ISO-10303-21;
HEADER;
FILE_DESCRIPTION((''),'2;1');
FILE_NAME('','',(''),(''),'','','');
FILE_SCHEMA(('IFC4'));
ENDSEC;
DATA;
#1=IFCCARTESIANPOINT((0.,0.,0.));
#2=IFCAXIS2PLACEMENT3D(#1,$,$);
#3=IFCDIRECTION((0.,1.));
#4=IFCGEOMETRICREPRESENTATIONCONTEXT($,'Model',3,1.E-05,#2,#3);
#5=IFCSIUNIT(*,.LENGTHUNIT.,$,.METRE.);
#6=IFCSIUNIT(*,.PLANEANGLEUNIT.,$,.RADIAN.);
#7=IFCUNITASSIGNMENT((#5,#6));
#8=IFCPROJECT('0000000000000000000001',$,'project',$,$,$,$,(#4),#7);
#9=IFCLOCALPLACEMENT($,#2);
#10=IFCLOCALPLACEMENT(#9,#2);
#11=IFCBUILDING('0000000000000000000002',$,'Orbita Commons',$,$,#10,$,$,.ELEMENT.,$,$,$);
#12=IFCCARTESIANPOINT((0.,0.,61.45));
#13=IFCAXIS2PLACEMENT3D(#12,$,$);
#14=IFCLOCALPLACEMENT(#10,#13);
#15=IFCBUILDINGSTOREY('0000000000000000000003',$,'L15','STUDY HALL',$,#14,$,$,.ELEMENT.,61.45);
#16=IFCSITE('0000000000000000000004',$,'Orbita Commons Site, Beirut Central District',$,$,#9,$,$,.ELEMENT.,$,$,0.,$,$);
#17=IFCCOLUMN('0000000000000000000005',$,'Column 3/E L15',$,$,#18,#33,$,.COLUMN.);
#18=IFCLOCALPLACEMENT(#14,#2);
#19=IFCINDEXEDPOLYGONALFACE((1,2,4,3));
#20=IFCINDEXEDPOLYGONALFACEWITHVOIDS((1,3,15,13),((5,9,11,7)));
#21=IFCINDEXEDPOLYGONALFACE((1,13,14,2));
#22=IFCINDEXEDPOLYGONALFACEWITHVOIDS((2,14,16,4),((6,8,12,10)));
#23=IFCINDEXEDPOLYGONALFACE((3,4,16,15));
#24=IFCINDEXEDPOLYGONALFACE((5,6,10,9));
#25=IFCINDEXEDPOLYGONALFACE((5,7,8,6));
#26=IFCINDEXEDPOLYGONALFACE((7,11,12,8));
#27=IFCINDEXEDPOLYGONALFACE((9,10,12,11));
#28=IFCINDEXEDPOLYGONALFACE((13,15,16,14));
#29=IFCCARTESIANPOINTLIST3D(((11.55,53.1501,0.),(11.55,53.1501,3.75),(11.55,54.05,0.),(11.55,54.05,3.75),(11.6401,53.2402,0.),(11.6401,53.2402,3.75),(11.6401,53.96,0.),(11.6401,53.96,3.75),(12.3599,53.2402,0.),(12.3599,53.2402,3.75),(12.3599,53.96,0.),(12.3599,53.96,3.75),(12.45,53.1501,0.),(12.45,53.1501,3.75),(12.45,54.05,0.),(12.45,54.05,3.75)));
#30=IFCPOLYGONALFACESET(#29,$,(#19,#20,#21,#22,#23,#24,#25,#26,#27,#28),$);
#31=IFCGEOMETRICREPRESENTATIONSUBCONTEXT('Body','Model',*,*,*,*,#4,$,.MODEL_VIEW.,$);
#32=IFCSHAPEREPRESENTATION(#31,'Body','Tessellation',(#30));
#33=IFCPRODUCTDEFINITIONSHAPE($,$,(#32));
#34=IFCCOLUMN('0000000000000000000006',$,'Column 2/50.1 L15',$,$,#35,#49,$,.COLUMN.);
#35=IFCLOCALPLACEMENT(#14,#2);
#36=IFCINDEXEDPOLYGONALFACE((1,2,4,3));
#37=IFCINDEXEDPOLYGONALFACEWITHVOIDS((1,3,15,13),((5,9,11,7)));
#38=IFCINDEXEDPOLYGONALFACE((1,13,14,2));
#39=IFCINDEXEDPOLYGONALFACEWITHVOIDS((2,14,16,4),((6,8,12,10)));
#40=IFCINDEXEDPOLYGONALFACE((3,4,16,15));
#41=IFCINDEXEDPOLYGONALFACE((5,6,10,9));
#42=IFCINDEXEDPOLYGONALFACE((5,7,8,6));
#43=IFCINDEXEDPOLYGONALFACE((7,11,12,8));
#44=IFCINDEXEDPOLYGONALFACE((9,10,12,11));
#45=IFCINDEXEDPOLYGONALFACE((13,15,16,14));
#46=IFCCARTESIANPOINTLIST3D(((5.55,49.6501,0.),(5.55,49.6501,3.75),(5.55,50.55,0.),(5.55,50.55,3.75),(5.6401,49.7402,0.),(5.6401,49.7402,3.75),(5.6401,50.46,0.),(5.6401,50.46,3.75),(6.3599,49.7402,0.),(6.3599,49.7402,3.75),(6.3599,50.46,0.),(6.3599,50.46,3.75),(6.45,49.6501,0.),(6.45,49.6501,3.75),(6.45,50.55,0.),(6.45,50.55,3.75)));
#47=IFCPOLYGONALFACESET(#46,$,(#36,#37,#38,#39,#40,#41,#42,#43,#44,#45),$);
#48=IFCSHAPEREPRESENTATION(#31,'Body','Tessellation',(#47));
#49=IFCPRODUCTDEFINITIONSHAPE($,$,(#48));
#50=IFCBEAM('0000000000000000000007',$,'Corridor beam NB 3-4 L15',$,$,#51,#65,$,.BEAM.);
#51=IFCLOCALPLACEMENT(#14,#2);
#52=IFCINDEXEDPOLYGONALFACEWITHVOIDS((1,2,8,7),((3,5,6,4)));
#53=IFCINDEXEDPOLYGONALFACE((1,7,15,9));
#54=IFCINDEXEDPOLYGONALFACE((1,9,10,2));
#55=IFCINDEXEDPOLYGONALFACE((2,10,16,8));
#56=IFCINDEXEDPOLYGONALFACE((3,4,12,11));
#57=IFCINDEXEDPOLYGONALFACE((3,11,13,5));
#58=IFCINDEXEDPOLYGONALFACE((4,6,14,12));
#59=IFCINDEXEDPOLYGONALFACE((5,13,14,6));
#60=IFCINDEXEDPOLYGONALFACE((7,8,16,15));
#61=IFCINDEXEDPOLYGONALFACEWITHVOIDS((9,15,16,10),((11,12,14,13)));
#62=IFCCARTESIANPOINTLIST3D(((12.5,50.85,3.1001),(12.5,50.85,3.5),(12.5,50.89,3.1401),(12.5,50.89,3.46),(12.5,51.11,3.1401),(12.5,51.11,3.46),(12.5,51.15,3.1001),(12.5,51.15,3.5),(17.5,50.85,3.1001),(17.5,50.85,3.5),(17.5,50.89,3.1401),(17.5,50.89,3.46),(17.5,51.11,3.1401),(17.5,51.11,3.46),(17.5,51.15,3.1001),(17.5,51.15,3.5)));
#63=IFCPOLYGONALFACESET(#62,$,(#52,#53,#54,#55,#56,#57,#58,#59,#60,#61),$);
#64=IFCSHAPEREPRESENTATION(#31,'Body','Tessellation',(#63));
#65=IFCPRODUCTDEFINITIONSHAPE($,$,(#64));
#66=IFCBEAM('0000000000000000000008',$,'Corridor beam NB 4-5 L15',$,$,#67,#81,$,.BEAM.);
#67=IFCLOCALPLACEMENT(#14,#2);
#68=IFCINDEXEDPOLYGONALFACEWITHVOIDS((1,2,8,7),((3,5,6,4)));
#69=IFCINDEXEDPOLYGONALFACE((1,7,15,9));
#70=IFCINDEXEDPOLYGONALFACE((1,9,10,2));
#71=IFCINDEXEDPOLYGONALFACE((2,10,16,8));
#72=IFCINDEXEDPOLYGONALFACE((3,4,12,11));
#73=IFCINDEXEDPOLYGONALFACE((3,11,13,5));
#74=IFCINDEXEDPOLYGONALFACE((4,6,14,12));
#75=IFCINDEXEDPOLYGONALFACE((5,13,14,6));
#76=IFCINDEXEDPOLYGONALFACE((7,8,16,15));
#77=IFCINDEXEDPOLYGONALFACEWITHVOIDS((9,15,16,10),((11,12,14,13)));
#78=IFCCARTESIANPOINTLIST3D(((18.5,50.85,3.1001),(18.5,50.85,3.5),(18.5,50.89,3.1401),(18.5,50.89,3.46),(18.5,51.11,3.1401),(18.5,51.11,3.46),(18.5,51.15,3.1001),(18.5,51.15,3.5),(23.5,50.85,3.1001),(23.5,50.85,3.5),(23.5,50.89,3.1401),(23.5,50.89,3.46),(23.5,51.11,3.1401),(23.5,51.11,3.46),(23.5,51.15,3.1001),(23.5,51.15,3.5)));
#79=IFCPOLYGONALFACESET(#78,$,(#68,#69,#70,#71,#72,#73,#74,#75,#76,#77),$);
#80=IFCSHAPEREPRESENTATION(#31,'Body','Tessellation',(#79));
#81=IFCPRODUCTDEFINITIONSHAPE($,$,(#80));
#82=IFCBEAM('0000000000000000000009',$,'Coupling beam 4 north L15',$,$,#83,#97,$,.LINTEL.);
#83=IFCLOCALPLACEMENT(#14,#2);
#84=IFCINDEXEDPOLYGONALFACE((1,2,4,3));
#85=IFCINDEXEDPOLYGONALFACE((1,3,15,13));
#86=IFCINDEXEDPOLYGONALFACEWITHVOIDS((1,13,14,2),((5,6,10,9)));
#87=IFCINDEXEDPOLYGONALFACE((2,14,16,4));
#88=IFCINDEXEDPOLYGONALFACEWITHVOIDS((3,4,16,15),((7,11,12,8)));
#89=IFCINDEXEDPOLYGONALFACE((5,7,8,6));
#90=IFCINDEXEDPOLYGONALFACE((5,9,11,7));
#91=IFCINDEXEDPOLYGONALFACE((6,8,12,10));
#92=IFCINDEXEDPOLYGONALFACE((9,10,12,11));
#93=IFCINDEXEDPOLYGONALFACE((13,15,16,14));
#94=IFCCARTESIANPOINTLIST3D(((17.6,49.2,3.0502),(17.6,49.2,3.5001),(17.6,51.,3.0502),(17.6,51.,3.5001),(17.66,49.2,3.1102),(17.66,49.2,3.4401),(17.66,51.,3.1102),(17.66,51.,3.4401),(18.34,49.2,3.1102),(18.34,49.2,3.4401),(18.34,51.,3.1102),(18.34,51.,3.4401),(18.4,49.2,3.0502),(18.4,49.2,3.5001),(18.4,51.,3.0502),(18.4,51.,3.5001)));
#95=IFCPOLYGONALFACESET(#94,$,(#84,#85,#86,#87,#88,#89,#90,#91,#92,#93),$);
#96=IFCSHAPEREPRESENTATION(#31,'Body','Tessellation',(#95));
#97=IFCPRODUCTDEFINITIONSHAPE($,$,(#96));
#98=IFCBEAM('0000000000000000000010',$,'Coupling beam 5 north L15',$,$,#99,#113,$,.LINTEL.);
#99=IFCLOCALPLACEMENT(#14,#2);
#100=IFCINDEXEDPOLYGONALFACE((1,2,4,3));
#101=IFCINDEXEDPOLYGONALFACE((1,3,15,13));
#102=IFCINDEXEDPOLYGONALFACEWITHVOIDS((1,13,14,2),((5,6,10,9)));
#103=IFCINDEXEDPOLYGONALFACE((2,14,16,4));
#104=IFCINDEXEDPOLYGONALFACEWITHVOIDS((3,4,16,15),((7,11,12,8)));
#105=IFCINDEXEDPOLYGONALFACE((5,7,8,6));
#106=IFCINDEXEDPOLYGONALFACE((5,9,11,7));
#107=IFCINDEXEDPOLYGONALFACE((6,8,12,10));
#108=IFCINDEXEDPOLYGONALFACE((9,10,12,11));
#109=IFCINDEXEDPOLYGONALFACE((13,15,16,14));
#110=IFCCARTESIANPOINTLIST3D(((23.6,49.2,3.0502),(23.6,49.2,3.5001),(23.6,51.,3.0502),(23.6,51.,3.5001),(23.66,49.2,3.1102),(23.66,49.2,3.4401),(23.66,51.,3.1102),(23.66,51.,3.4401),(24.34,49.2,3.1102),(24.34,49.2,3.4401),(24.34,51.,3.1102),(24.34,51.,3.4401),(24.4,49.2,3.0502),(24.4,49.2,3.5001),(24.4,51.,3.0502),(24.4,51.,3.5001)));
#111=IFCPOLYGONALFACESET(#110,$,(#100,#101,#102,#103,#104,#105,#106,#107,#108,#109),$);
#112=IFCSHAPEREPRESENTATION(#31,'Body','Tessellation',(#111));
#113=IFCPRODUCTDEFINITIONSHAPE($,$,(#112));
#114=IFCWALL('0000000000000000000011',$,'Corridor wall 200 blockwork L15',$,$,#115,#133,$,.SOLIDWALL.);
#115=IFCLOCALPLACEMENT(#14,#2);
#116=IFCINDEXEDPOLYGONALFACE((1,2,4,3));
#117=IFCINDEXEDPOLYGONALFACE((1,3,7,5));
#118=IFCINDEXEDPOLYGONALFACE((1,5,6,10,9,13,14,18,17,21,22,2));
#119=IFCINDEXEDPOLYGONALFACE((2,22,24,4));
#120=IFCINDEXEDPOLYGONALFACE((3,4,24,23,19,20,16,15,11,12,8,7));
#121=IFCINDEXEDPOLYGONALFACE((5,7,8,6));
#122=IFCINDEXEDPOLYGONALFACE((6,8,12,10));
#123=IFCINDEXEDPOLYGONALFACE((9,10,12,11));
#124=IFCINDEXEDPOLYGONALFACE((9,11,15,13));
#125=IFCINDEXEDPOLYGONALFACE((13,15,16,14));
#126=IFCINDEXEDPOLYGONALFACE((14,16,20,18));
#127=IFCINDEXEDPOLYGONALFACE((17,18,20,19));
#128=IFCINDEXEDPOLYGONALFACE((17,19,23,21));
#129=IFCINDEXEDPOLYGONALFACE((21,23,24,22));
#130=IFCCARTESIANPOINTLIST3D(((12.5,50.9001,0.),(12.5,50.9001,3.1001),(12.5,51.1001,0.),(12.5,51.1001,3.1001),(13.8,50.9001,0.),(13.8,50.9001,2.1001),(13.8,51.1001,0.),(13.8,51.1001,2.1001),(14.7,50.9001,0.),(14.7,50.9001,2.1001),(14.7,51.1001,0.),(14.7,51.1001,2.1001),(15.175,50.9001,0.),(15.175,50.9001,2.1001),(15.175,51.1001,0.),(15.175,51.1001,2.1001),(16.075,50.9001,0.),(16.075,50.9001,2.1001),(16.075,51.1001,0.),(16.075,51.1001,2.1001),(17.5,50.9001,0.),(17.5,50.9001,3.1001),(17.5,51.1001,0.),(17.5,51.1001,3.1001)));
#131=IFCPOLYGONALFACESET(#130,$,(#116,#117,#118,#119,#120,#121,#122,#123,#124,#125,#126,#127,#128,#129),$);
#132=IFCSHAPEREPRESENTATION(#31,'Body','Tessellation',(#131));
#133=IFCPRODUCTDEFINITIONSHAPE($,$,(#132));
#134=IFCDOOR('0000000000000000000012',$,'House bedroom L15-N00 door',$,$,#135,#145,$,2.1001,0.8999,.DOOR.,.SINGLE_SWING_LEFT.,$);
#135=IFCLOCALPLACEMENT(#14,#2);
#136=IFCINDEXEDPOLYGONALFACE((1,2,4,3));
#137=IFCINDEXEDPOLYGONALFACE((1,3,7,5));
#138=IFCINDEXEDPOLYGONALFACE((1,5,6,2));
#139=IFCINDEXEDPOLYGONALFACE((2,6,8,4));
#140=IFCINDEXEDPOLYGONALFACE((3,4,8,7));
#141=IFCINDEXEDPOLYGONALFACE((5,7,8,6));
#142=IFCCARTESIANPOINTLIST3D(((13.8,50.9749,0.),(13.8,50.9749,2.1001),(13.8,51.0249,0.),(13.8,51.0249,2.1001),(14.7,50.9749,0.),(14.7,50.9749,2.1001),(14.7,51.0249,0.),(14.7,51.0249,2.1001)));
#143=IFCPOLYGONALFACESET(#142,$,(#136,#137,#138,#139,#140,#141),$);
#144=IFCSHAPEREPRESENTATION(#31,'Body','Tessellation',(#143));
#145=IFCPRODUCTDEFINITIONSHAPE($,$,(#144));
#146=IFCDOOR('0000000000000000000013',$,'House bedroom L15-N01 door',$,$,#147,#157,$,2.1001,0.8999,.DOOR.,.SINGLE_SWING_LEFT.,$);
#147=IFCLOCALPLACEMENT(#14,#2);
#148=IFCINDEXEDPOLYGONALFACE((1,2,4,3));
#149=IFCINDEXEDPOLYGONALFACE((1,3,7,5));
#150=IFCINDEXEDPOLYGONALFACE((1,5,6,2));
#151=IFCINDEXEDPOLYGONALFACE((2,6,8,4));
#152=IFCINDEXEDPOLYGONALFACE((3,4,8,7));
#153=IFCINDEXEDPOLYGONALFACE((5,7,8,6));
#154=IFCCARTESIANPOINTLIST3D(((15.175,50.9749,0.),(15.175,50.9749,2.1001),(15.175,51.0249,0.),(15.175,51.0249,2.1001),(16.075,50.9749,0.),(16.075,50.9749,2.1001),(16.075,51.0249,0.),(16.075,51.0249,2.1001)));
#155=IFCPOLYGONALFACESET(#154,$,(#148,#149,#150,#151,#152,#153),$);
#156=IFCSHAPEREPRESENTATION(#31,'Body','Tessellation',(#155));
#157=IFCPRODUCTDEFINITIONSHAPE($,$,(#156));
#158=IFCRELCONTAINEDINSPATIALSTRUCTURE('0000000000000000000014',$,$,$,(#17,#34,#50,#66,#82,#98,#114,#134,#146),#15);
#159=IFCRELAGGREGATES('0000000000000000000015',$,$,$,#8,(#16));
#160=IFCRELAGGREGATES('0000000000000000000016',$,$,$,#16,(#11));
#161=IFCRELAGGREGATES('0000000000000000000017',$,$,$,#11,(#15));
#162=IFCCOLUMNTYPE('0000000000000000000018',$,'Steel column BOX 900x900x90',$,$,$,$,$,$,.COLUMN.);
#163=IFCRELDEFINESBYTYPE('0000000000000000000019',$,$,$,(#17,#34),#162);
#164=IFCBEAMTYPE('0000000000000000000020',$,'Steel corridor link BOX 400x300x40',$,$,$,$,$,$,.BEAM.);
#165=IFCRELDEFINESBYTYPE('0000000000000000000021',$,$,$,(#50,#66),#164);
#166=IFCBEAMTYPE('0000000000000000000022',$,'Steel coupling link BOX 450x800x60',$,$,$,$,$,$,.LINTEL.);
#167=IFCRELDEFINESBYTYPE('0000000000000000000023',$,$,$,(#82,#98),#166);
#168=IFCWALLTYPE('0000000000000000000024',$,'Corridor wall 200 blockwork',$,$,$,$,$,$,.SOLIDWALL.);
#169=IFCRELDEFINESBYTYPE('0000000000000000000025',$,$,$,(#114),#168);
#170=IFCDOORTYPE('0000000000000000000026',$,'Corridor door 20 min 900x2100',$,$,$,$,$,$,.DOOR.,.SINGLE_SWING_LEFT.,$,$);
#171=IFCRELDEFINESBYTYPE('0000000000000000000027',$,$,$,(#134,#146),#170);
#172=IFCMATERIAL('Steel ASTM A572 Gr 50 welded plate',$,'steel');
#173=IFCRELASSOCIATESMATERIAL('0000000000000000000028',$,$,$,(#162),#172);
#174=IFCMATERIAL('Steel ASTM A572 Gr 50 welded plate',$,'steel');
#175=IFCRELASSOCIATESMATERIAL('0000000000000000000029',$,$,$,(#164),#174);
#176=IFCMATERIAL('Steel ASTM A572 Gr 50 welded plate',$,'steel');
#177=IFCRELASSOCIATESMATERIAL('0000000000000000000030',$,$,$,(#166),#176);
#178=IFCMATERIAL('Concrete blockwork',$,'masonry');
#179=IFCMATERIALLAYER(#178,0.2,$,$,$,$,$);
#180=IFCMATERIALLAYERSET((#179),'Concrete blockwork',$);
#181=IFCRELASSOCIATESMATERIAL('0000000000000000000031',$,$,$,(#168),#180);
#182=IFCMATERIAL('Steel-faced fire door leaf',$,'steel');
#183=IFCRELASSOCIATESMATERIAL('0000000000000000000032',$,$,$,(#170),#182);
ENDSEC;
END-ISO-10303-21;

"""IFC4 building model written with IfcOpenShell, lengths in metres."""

from ifc_helpers import new_model, si_unit, direction, frame, frame_2d, origin, origin_2d, place, context, subcontext, project, spatial, polyline, rectangle, hollow_rectangle, outline, extrude, material, layer, layer_set, material_profile, profile_set, type_object, element, fill, save


model = new_model("IFC4")

# Units and contexts
model_context = context("Model", 3, precision=1e-05, world=origin(), true_north=direction((0.0, 1.0)))
body_context = subcontext(model_context, "Body", "Model", "MODEL_VIEW")
ifc_project = project(units=[si_unit("LENGTHUNIT", "METRE"), si_unit("PLANEANGLEUNIT", "RADIAN")], contexts=[model_context])

# Site, building, storey
site_placement = place(None, origin())
site = spatial("IfcSite", under=ifc_project, at=site_placement, Name="Orbita Commons Site, Beirut Central District", CompositionType="ELEMENT", RefElevation=0.0)
building_placement = place(site_placement, origin())
building = spatial("IfcBuilding", under=site, at=building_placement, Name="Orbita Commons", CompositionType="ELEMENT")
storey_placement = place(building_placement, frame((0.0, 0.0, 61.45)))
storey = spatial("IfcBuildingStorey", under=building, at=storey_placement, Name="L15", Description="STUDY HALL", CompositionType="ELEMENT", Elevation=61.45)

# Columns
ifc_material_1 = material(Name="Steel ASTM A572 Gr 50 welded plate", Category="steel")
ifc_material_profile_1 = material_profile(ifc_material_1, hollow_rectangle(XDim=0.8999, YDim=0.8999, WallThickness=0.0901, at=origin_2d()), Name="BOX 900x900x90")
ifc_profile_set_1 = profile_set([ifc_material_profile_1], Name="Steel ASTM A572 Gr 50 welded plate")
column_type = type_object("IfcColumnType", Name="Steel column BOX 900x900x90", PredefinedType="COLUMN", material=ifc_profile_set_1)
for number, where, z_axis, x_axis, name in (
    (1, (12.0, 53.6001, 0.0), (0.0, 0.0, 1.0), (1.0, 0.0, 0.0), "Column 3/E L15"),
    (2, (6.0, 50.1001, 0.0), (0.0, 0.0, 1.0), (1.0, 0.0, 0.0), "Column 2/50.1 L15"),
):
    element("IfcColumn", number, at=place(storey_placement, frame(where, z_axis=z_axis, x_axis=x_axis)), inside=storey, type_object=column_type, Name=name, PredefinedType="COLUMN", context=body_context, shape_type="SweptSolid", body=[
        extrude(hollow_rectangle(XDim=0.8999, YDim=0.8999, WallThickness=0.0901, at=origin_2d()), origin(), (0.0, 0.0, 1.0), 3.75),
    ])

# Beams
ifc_material_2 = material(Name="Steel ASTM A572 Gr 50 welded plate", Category="steel")
ifc_material_profile_2 = material_profile(ifc_material_2, hollow_rectangle(XDim=0.3, YDim=0.3999, WallThickness=0.04, at=origin_2d()), Name="BOX 400x300x40")
ifc_profile_set_2 = profile_set([ifc_material_profile_2], Name="Steel ASTM A572 Gr 50 welded plate")
beam_type_1 = type_object("IfcBeamType", Name="Steel corridor link BOX 400x300x40", PredefinedType="BEAM", material=ifc_profile_set_2)
for number, where, z_axis, x_axis, name in (
    (3, (12.5, 51.0, 3.3), (1.0, 0.0, 0.0), (0.0, 1.0, 0.0), "Corridor beam NB 3-4 L15"),
    (4, (18.5, 51.0, 3.3), (1.0, 0.0, 0.0), (0.0, 1.0, 0.0), "Corridor beam NB 4-5 L15"),
):
    element("IfcBeam", number, at=place(storey_placement, frame(where, z_axis=z_axis, x_axis=x_axis)), inside=storey, type_object=beam_type_1, Name=name, PredefinedType="BEAM", context=body_context, shape_type="SweptSolid", body=[
        extrude(hollow_rectangle(XDim=0.3, YDim=0.3999, WallThickness=0.04, at=origin_2d()), origin(), (0.0, 0.0, 1.0), 5.0),
    ])
ifc_material_3 = material(Name="Steel ASTM A572 Gr 50 welded plate", Category="steel")
ifc_material_profile_3 = material_profile(ifc_material_3, hollow_rectangle(XDim=0.8, YDim=0.45, WallThickness=0.0601, at=origin_2d()), Name="BOX 450x800x60")
ifc_profile_set_3 = profile_set([ifc_material_profile_3], Name="Steel ASTM A572 Gr 50 welded plate")
beam_type_2 = type_object("IfcBeamType", Name="Steel coupling link BOX 450x800x60", PredefinedType="LINTEL", material=ifc_profile_set_3)
for number, where, z_axis, x_axis, name in (
    (5, (18.0, 49.2, 3.2751), (0.0, 1.0, 0.0), (-1.0, 0.0, 0.0), "Coupling beam 4 north L15"),
    (6, (24.0, 49.2, 3.2751), (0.0, 1.0, 0.0), (-1.0, 0.0, 0.0), "Coupling beam 5 north L15"),
):
    element("IfcBeam", number, at=place(storey_placement, frame(where, z_axis=z_axis, x_axis=x_axis)), inside=storey, type_object=beam_type_2, Name=name, PredefinedType="LINTEL", context=body_context, shape_type="SweptSolid", body=[
        extrude(hollow_rectangle(XDim=0.8, YDim=0.45, WallThickness=0.0601, at=origin_2d()), origin(), (0.0, 0.0, 1.0), 1.8),
    ])

# Wall, openings, doors
ifc_material_4 = material(Name="Concrete blockwork", Category="masonry")
ifc_layer_1 = layer(ifc_material_4, 0.2)
ifc_layer_set_1 = layer_set([ifc_layer_1], Name="Concrete blockwork")
wall_type_1 = type_object("IfcWallType", Name="Corridor wall 200 blockwork", PredefinedType="SOLIDWALL", material=ifc_layer_set_1)
wall_1_placement = place(storey_placement, frame((12.5, 51.0, 0.0), z_axis=(0.0, 0.0, 1.0), x_axis=(1.0, 0.0, 0.0)))
wall_1 = element("IfcWall", 7, at=wall_1_placement, inside=storey, type_object=wall_type_1, Name="Corridor wall 200 blockwork L15", PredefinedType="SOLIDWALL", context=body_context, shape_type="SweptSolid", body=[
    extrude(outline(polyline([(0.0, 0.0), (5.0, 0.0), (5.0, 3.1001), (0.0, 3.1001), (0.0, 0.0)])), frame((0.0, 0.1001, 0.0), z_axis=(0.0, -1.0, 0.0), x_axis=(1.0, 0.0, 0.0)), (0.0, 0.0, 1.0), 0.2),
])
opening_1_placement = place(wall_1_placement, frame((1.3, 0.0, 0.0)))
opening_1 = element("IfcOpeningElement", 8, at=opening_1_placement, cuts=wall_1, PredefinedType="OPENING", context=body_context, shape_type="SweptSolid", body=[
    extrude(rectangle(XDim=0.8999, YDim=2.1001, at=frame_2d((0.45, 1.05))), frame((0.0, 0.1099, 0.0), z_axis=(0.0, -1.0, 0.0), x_axis=(1.0, 0.0, 0.0)), (0.0, 0.0, 1.0), 0.22),
])
opening_2_placement = place(wall_1_placement, frame((2.675, 0.0, 0.0)))
opening_2 = element("IfcOpeningElement", 9, at=opening_2_placement, cuts=wall_1, PredefinedType="OPENING", context=body_context, shape_type="SweptSolid", body=[
    extrude(rectangle(XDim=0.8999, YDim=2.1001, at=frame_2d((0.45, 1.05))), frame((0.0, 0.1099, 0.0), z_axis=(0.0, -1.0, 0.0), x_axis=(1.0, 0.0, 0.0)), (0.0, 0.0, 1.0), 0.22),
])
ifc_material_5 = material(Name="Steel-faced fire door leaf", Category="steel")
door_type_1 = type_object("IfcDoorType", Name="Corridor door 20 min 900x2100", OperationType="SINGLE_SWING_LEFT", PredefinedType="DOOR", material=ifc_material_5)
door_1_placement = place(opening_1_placement, origin())
door_1 = element("IfcDoor", 10, at=door_1_placement, inside=storey, type_object=door_type_1, Name="House bedroom L15-N00 door", OperationType="SINGLE_SWING_LEFT", OverallHeight=2.1001, OverallWidth=0.8999, PredefinedType="DOOR", context=body_context, shape_type="SweptSolid", body=[
    extrude(rectangle(XDim=0.8999, YDim=2.1001, at=frame_2d((0.45, 1.05))), frame((0.0, 0.0249, 0.0), z_axis=(0.0, -1.0, 0.0), x_axis=(1.0, 0.0, 0.0)), (0.0, 0.0, 1.0), 0.05),
])
fill(opening_1, door_1)
door_2_placement = place(opening_2_placement, origin())
door_2 = element("IfcDoor", 11, at=door_2_placement, inside=storey, type_object=door_type_1, Name="House bedroom L15-N01 door", OperationType="SINGLE_SWING_LEFT", OverallHeight=2.1001, OverallWidth=0.8999, PredefinedType="DOOR", context=body_context, shape_type="SweptSolid", body=[
    extrude(rectangle(XDim=0.8999, YDim=2.1001, at=frame_2d((0.45, 1.05))), frame((0.0, 0.0249, 0.0), z_axis=(0.0, -1.0, 0.0), x_axis=(1.0, 0.0, 0.0)), (0.0, 0.0, 1.0), 0.05),
])
fill(opening_2, door_2)

save(model, "model.ifc")
